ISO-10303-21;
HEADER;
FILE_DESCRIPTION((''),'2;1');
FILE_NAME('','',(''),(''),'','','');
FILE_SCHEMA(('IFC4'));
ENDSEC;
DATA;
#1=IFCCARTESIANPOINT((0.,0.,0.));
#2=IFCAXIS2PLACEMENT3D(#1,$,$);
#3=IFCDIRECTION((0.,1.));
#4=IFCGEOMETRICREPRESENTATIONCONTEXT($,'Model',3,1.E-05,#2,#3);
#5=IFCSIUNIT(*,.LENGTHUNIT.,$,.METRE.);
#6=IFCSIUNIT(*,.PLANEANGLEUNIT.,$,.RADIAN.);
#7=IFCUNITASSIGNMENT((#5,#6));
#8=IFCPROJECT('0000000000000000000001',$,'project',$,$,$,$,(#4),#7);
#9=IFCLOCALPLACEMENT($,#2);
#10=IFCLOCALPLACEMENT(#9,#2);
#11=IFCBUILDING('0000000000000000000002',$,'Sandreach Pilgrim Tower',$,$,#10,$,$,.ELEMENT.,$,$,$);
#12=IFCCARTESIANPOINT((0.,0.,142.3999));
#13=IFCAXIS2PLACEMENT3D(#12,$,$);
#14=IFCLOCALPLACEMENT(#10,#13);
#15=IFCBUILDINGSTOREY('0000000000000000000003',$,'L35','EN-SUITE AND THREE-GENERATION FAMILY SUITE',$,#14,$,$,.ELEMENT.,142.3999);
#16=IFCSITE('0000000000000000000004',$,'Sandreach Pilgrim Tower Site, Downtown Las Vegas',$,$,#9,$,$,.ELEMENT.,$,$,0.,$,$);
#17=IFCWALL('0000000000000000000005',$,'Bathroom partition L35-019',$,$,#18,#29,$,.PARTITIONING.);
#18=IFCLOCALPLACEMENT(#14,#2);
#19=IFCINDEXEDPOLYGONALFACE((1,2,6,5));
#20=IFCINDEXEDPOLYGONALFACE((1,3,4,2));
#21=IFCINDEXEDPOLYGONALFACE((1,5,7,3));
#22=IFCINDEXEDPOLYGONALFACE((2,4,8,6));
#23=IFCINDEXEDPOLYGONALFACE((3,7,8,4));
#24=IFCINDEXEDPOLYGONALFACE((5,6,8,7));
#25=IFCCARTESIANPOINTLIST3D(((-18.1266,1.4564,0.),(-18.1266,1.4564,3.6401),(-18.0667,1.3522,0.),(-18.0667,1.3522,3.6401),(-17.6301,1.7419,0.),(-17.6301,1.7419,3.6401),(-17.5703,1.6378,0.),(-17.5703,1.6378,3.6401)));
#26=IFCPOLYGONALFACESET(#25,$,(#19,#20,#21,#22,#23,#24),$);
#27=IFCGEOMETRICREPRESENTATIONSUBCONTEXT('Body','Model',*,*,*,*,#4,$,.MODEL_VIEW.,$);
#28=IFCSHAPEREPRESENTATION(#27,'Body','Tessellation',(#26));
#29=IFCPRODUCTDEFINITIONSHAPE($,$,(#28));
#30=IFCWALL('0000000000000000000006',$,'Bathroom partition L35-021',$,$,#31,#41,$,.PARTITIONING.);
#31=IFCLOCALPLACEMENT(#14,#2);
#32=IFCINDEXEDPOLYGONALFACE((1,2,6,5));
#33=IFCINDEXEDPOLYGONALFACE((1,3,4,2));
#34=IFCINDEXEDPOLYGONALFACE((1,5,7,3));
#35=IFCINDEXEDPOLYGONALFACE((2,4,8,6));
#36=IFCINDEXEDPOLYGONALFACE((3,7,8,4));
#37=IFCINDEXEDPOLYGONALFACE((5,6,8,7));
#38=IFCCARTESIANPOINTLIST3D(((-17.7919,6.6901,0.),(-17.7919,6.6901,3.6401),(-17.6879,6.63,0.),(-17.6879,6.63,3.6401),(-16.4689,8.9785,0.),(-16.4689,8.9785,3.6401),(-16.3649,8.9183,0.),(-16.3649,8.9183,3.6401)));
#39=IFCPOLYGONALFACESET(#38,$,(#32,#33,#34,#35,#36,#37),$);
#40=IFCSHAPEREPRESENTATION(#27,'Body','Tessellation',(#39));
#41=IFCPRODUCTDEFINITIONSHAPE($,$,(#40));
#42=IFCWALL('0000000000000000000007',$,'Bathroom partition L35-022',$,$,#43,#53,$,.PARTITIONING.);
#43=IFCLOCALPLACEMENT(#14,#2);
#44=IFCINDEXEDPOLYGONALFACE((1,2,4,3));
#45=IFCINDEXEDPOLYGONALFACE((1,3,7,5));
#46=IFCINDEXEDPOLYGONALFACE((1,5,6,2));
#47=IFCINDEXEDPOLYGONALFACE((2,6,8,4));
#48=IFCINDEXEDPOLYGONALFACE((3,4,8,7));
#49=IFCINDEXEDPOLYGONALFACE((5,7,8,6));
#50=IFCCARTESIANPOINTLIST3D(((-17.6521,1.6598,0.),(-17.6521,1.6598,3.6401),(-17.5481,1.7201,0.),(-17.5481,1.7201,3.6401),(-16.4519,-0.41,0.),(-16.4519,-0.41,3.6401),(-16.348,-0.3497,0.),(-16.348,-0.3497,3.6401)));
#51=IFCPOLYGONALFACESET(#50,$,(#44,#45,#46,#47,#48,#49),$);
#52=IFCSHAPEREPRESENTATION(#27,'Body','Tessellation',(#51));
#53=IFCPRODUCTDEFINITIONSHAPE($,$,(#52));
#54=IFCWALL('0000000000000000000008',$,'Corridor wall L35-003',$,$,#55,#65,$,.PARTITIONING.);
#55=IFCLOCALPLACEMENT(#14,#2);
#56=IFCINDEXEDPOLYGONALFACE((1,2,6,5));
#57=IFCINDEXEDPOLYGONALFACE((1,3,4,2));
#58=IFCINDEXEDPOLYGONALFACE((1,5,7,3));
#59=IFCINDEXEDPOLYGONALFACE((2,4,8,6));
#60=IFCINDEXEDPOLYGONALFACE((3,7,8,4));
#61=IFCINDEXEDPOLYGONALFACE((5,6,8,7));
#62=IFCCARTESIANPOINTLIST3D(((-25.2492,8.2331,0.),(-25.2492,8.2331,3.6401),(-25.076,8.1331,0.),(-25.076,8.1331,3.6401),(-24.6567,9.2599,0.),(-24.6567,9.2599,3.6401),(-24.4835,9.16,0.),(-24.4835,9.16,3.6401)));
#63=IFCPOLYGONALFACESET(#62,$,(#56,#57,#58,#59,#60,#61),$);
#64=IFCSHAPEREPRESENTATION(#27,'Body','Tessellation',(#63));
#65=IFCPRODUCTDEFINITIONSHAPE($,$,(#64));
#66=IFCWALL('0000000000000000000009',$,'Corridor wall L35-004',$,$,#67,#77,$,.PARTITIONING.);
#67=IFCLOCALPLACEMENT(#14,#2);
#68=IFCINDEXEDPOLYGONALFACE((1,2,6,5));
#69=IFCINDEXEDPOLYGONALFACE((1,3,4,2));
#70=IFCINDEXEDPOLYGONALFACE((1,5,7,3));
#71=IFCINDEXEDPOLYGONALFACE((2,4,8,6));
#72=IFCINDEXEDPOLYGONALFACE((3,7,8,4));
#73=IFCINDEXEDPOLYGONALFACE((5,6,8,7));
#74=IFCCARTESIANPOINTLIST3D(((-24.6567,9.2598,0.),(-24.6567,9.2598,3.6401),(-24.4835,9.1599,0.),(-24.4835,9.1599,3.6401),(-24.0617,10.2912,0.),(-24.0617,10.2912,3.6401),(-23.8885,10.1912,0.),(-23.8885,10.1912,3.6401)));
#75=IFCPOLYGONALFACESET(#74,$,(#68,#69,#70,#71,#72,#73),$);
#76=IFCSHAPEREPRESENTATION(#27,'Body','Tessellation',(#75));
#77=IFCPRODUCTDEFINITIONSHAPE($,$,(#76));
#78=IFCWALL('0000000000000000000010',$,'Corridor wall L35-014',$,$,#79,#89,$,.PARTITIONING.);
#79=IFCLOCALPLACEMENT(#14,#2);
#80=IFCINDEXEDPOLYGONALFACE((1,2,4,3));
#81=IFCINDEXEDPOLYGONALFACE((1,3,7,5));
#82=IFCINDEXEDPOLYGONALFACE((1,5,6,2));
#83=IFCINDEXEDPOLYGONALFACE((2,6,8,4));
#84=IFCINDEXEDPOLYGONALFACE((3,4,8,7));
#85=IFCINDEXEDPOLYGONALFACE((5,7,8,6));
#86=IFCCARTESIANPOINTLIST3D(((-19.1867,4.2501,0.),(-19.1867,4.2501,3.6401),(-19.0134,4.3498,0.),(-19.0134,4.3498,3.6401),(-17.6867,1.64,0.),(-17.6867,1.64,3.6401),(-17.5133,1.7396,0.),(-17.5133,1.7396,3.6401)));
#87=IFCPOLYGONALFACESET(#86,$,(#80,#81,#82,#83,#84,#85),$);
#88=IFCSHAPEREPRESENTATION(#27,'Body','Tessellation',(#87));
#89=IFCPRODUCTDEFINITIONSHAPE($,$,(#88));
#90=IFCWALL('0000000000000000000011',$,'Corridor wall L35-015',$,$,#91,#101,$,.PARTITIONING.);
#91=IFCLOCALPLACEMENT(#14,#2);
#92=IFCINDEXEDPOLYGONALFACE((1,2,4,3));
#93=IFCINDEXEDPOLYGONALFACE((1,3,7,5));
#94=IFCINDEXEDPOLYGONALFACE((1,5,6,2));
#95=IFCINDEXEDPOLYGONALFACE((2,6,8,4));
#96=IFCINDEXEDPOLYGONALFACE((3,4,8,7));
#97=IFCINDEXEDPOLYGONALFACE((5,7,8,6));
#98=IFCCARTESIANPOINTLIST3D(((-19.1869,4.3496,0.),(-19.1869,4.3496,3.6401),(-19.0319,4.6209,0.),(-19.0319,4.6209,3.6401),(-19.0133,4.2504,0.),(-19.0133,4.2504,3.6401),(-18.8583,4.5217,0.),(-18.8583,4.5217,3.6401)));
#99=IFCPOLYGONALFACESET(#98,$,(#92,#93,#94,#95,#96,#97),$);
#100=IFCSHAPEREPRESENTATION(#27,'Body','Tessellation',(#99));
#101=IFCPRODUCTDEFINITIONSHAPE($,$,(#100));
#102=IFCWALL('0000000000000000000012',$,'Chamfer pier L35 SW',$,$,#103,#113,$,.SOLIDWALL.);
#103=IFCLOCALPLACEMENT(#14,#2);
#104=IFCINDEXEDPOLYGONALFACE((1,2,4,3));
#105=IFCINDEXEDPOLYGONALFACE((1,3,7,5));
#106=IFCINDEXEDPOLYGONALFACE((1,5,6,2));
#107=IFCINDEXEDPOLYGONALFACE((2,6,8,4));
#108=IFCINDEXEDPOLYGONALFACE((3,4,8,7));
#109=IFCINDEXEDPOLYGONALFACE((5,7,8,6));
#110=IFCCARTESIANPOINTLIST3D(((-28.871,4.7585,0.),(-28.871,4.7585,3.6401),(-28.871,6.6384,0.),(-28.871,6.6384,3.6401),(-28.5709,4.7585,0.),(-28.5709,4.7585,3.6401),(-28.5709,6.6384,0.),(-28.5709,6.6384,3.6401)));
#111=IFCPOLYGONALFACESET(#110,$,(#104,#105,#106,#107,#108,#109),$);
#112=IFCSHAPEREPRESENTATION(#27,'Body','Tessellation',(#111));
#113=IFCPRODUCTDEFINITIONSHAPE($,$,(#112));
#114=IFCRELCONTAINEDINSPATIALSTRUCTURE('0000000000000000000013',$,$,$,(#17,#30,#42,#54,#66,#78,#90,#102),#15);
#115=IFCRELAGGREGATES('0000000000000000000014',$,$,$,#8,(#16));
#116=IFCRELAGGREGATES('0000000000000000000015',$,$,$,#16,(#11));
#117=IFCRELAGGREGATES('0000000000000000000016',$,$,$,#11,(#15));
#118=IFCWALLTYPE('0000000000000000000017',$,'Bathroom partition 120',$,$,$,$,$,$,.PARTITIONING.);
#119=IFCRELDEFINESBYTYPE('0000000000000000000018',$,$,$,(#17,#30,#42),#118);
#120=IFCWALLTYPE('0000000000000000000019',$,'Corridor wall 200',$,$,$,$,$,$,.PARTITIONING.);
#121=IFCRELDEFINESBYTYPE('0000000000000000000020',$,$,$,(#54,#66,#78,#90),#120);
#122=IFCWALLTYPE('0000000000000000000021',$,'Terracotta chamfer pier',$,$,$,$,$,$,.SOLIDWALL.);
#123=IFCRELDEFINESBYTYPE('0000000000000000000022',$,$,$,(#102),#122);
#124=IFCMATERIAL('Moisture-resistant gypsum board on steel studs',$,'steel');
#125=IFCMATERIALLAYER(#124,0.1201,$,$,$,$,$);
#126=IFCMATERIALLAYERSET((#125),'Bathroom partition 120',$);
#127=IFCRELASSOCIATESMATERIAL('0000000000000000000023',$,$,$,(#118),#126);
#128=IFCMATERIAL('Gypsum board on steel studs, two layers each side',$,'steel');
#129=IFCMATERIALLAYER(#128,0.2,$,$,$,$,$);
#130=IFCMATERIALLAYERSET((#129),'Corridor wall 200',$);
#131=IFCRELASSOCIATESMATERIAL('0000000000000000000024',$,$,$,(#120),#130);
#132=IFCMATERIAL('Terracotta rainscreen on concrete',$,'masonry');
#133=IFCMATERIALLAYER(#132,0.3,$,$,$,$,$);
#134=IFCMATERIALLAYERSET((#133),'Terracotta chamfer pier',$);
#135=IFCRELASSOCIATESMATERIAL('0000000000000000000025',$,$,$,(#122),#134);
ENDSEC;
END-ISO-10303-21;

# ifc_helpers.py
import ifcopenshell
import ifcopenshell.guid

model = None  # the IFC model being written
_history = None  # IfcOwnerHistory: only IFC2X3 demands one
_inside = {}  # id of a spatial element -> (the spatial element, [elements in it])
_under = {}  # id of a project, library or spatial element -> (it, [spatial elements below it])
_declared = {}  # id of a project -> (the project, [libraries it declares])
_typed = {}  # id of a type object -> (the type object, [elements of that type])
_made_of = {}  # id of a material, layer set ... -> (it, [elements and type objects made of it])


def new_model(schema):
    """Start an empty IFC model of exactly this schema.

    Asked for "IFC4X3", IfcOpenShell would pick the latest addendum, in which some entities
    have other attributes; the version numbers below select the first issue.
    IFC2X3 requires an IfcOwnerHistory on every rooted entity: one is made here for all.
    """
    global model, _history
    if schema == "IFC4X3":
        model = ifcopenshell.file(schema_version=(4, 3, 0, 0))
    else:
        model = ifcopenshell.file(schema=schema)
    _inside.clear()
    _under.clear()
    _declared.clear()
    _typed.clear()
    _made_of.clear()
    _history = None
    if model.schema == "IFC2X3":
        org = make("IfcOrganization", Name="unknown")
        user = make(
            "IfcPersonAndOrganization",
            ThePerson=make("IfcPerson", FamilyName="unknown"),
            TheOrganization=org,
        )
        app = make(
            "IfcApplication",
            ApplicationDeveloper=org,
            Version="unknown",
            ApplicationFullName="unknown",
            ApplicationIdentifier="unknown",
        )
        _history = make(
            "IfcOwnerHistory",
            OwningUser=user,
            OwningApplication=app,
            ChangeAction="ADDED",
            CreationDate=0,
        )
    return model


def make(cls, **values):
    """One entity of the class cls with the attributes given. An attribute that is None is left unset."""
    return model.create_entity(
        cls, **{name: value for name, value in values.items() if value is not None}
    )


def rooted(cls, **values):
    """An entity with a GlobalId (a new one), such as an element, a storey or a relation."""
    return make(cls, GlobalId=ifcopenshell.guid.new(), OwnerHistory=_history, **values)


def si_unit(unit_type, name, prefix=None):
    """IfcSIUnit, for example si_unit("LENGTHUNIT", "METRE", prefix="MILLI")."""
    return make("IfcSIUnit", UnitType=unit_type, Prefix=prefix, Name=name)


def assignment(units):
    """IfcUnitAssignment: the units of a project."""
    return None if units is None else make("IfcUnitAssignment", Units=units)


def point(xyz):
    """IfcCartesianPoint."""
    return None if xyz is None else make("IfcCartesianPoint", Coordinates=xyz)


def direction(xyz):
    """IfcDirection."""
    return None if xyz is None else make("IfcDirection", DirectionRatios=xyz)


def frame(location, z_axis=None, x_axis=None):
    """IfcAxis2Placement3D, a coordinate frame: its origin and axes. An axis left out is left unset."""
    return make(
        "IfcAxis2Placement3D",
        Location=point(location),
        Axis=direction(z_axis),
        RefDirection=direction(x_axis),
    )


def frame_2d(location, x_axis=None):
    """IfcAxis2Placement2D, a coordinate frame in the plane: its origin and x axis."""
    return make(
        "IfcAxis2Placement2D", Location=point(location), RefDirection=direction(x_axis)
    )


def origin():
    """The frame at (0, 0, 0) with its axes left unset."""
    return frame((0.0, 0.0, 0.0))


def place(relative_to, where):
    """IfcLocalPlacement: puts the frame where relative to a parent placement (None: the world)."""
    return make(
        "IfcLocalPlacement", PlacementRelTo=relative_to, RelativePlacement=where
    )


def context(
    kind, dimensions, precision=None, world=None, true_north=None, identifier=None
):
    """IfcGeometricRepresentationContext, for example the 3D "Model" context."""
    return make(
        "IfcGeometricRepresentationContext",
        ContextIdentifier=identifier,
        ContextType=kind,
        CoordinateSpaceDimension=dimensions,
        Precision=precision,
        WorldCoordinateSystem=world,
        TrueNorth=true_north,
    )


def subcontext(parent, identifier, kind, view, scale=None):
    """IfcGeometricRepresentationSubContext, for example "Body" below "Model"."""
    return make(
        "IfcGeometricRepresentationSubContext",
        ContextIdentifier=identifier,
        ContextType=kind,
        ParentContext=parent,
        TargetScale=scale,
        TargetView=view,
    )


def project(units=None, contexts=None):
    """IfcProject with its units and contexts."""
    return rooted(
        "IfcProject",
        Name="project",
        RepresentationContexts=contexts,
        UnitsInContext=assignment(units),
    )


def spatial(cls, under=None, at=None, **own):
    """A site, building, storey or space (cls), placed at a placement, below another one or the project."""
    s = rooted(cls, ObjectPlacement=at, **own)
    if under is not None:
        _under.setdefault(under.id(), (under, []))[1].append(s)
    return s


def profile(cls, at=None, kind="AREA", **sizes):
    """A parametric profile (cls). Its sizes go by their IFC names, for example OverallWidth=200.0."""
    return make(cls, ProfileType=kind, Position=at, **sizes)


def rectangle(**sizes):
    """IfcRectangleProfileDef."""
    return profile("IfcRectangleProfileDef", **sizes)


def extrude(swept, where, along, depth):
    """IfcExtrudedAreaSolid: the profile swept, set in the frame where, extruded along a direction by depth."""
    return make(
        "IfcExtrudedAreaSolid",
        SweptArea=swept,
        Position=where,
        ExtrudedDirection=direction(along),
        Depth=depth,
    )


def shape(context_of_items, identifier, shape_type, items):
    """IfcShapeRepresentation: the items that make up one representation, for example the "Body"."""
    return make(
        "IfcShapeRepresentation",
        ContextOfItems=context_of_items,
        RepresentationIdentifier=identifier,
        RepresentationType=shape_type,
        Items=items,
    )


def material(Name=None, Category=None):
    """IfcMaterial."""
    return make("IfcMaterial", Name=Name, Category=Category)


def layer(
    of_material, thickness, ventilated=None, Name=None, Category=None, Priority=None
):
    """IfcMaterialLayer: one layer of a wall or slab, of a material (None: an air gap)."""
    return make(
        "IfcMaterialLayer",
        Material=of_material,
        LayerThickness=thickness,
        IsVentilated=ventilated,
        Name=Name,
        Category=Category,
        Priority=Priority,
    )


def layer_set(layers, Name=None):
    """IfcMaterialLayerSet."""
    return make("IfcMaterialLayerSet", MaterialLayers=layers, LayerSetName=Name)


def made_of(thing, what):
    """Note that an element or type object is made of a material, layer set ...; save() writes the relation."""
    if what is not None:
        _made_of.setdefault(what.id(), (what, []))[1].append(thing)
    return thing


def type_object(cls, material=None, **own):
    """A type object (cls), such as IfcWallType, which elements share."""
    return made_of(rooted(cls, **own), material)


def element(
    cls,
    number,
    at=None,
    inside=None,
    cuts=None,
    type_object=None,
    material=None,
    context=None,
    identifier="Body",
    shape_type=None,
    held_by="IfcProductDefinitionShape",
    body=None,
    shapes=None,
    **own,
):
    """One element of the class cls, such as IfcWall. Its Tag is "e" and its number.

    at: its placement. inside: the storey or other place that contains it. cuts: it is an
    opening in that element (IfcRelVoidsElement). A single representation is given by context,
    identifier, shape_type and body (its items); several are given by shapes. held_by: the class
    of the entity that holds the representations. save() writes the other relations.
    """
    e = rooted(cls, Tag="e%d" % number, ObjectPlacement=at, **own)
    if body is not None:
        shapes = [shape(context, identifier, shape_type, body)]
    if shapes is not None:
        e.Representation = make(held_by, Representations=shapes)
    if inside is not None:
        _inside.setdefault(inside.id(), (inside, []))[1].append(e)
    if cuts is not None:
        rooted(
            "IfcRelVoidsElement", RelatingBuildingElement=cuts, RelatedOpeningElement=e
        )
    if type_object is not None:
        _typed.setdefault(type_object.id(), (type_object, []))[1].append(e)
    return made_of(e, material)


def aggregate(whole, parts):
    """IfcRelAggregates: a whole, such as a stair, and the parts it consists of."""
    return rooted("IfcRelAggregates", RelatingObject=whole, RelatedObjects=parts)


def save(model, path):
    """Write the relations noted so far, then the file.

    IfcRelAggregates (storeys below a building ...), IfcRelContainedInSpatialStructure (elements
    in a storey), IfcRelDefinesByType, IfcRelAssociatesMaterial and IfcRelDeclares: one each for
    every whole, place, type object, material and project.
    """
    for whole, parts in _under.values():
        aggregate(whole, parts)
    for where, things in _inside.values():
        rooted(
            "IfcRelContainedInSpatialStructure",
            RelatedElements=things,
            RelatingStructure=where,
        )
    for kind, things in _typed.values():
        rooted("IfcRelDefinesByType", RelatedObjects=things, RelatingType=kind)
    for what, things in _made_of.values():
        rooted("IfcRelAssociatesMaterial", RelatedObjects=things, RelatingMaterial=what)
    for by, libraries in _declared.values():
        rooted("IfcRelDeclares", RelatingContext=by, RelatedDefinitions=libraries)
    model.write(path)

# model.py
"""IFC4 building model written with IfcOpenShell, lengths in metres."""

from ifc_helpers import new_model, si_unit, direction, frame, frame_2d, origin, place, context, subcontext, project, spatial, rectangle, extrude, material, layer, layer_set, type_object, element, save


model = new_model("IFC4")

# Units and contexts
model_context = context("Model", 3, precision=1e-05, world=origin(), true_north=direction((0.0, 1.0)))
body_context = subcontext(model_context, "Body", "Model", "MODEL_VIEW")
ifc_project = project(units=[si_unit("LENGTHUNIT", "METRE"), si_unit("PLANEANGLEUNIT", "RADIAN")], contexts=[model_context])

# Site, building, storey
site_placement = place(None, origin())
site = spatial("IfcSite", under=ifc_project, at=site_placement, Name="Sandreach Pilgrim Tower Site, Downtown Las Vegas", CompositionType="ELEMENT", RefElevation=0.0)
building_placement = place(site_placement, origin())
building = spatial("IfcBuilding", under=site, at=building_placement, Name="Sandreach Pilgrim Tower", CompositionType="ELEMENT")
storey_placement = place(building_placement, frame((0.0, 0.0, 142.3999)))
storey = spatial("IfcBuildingStorey", under=building, at=storey_placement, Name="L35", Description="EN-SUITE AND THREE-GENERATION FAMILY SUITE", CompositionType="ELEMENT", Elevation=142.3999)

# Shared definitions
ifc_material_1 = material(Name="Moisture-resistant gypsum board on steel studs", Category="steel")
ifc_layer_1 = layer(ifc_material_1, 0.1201)
ifc_layer_set_1 = layer_set([ifc_layer_1], Name="Bathroom partition 120")
wall_type_1 = type_object("IfcWallType", Name="Bathroom partition 120", PredefinedType="PARTITIONING", material=ifc_layer_set_1)

# Walls
wall_1_placement = place(storey_placement, frame((-18.0967, 1.4043, 0.0), z_axis=(0.0, 0.0, 1.0), x_axis=(0.866823, 0.498615, 0.0)))
element("IfcWall", 1, at=wall_1_placement, inside=storey, type_object=wall_type_1, Name="Bathroom partition L35-019", PredefinedType="PARTITIONING", context=body_context, shape_type="SweptSolid", body=[
    extrude(rectangle(XDim=0.5728, YDim=0.1201, at=frame_2d((0.2864, 0.0))), origin(), (0.0, 0.0, 1.0), 3.6401),
])
wall_2_placement = place(storey_placement, frame((-17.74, 6.6599, 0.0), z_axis=(0.0, 0.0, 1.0), x_axis=(0.500519, 0.865725, 0.0)))
element("IfcWall", 2, at=wall_2_placement, inside=storey, type_object=wall_type_1, Name="Bathroom partition L35-021", PredefinedType="PARTITIONING", context=body_context, shape_type="SweptSolid", body=[
    extrude(rectangle(XDim=2.6433, YDim=0.1201, at=frame_2d((1.3218, 0.0))), origin(), (0.0, 0.0, 1.0), 3.6401),
])
wall_3_placement = place(storey_placement, frame((-17.6001, 1.6899, 0.0), z_axis=(0.0, 0.0, 1.0), x_axis=(0.501623, -0.865086, 0.0)))
element("IfcWall", 3, at=wall_3_placement, inside=storey, type_object=wall_type_1, Name="Bathroom partition L35-022", PredefinedType="PARTITIONING", context=body_context, shape_type="SweptSolid", body=[
    extrude(rectangle(XDim=2.3926, YDim=0.1201, at=frame_2d((1.1963, 0.0))), origin(), (0.0, 0.0, 1.0), 3.6401),
])

# Shared definitions
ifc_material_2 = material(Name="Gypsum board on steel studs, two layers each side", Category="steel")
ifc_layer_2 = layer(ifc_material_2, 0.2)
ifc_layer_set_2 = layer_set([ifc_layer_2], Name="Corridor wall 200")
wall_type_2 = type_object("IfcWallType", Name="Corridor wall 200", PredefinedType="PARTITIONING", material=ifc_layer_set_2)

# Walls
wall_4_placement = place(storey_placement, frame((-25.1626, 8.1831, 0.0), z_axis=(0.0, 0.0, 1.0), x_axis=(0.499794, 0.866144, 0.0)))
element("IfcWall", 4, at=wall_4_placement, inside=storey, type_object=wall_type_2, Name="Corridor wall L35-003", PredefinedType="PARTITIONING", context=body_context, shape_type="SweptSolid", body=[
    extrude(rectangle(XDim=1.1855, YDim=0.2, at=frame_2d((0.5928, 0.0))), origin(), (0.0, 0.0, 1.0), 3.6401),
])
wall_5_placement = place(storey_placement, frame((-24.5701, 9.21, 0.0), z_axis=(0.0, 0.0, 1.0), x_axis=(0.499734, 0.866179, 0.0)))
element("IfcWall", 5, at=wall_5_placement, inside=storey, type_object=wall_type_2, Name="Corridor wall L35-004", PredefinedType="PARTITIONING", context=body_context, shape_type="SweptSolid", body=[
    extrude(rectangle(XDim=1.1907, YDim=0.2, at=frame_2d((0.5952, 0.0))), origin(), (0.0, 0.0, 1.0), 3.6401),
])
wall_6_placement = place(storey_placement, frame((-19.1001, 4.3, 0.0), z_axis=(0.0, 0.0, 1.0), x_axis=(0.498268, -0.867023, 0.0)))
element("IfcWall", 6, at=wall_6_placement, inside=storey, type_object=wall_type_2, Name="Corridor wall L35-014", PredefinedType="PARTITIONING", context=body_context, shape_type="SweptSolid", body=[
    extrude(rectangle(XDim=3.0105, YDim=0.2, at=frame_2d((1.5054, 0.0))), origin(), (0.0, 0.0, 1.0), 3.6401),
])
wall_7_placement = place(storey_placement, frame((-18.9451, 4.5713, 0.0), z_axis=(0.0, 0.0, 1.0), x_axis=(-0.496223, -0.868195, 0.0)))
element("IfcWall", 7, at=wall_7_placement, inside=storey, type_object=wall_type_2, Name="Corridor wall L35-015", PredefinedType="PARTITIONING", context=body_context, shape_type="SweptSolid", body=[
    extrude(rectangle(XDim=0.3125, YDim=0.2, at=frame_2d((0.1562, 0.0))), origin(), (0.0, 0.0, 1.0), 3.6401),
])
ifc_material_3 = material(Name="Terracotta rainscreen on concrete", Category="masonry")
ifc_layer_3 = layer(ifc_material_3, 0.3)
ifc_layer_set_3 = layer_set([ifc_layer_3], Name="Terracotta chamfer pier")
wall_type_3 = type_object("IfcWallType", Name="Terracotta chamfer pier", PredefinedType="SOLIDWALL", material=ifc_layer_set_3)
wall_8_placement = place(storey_placement, frame((-28.7209, 4.7585, 0.0), z_axis=(0.0, 0.0, 1.0), x_axis=(0.0, 1.0, 0.0)))
element("IfcWall", 8, at=wall_8_placement, inside=storey, type_object=wall_type_3, Name="Chamfer pier L35 SW", PredefinedType="SOLIDWALL", context=body_context, shape_type="SweptSolid", body=[
    extrude(rectangle(XDim=1.8799, YDim=0.3, at=frame_2d((0.9399, 0.0))), origin(), (0.0, 0.0, 1.0), 3.6401),
])

save(model, "model.ifc")
